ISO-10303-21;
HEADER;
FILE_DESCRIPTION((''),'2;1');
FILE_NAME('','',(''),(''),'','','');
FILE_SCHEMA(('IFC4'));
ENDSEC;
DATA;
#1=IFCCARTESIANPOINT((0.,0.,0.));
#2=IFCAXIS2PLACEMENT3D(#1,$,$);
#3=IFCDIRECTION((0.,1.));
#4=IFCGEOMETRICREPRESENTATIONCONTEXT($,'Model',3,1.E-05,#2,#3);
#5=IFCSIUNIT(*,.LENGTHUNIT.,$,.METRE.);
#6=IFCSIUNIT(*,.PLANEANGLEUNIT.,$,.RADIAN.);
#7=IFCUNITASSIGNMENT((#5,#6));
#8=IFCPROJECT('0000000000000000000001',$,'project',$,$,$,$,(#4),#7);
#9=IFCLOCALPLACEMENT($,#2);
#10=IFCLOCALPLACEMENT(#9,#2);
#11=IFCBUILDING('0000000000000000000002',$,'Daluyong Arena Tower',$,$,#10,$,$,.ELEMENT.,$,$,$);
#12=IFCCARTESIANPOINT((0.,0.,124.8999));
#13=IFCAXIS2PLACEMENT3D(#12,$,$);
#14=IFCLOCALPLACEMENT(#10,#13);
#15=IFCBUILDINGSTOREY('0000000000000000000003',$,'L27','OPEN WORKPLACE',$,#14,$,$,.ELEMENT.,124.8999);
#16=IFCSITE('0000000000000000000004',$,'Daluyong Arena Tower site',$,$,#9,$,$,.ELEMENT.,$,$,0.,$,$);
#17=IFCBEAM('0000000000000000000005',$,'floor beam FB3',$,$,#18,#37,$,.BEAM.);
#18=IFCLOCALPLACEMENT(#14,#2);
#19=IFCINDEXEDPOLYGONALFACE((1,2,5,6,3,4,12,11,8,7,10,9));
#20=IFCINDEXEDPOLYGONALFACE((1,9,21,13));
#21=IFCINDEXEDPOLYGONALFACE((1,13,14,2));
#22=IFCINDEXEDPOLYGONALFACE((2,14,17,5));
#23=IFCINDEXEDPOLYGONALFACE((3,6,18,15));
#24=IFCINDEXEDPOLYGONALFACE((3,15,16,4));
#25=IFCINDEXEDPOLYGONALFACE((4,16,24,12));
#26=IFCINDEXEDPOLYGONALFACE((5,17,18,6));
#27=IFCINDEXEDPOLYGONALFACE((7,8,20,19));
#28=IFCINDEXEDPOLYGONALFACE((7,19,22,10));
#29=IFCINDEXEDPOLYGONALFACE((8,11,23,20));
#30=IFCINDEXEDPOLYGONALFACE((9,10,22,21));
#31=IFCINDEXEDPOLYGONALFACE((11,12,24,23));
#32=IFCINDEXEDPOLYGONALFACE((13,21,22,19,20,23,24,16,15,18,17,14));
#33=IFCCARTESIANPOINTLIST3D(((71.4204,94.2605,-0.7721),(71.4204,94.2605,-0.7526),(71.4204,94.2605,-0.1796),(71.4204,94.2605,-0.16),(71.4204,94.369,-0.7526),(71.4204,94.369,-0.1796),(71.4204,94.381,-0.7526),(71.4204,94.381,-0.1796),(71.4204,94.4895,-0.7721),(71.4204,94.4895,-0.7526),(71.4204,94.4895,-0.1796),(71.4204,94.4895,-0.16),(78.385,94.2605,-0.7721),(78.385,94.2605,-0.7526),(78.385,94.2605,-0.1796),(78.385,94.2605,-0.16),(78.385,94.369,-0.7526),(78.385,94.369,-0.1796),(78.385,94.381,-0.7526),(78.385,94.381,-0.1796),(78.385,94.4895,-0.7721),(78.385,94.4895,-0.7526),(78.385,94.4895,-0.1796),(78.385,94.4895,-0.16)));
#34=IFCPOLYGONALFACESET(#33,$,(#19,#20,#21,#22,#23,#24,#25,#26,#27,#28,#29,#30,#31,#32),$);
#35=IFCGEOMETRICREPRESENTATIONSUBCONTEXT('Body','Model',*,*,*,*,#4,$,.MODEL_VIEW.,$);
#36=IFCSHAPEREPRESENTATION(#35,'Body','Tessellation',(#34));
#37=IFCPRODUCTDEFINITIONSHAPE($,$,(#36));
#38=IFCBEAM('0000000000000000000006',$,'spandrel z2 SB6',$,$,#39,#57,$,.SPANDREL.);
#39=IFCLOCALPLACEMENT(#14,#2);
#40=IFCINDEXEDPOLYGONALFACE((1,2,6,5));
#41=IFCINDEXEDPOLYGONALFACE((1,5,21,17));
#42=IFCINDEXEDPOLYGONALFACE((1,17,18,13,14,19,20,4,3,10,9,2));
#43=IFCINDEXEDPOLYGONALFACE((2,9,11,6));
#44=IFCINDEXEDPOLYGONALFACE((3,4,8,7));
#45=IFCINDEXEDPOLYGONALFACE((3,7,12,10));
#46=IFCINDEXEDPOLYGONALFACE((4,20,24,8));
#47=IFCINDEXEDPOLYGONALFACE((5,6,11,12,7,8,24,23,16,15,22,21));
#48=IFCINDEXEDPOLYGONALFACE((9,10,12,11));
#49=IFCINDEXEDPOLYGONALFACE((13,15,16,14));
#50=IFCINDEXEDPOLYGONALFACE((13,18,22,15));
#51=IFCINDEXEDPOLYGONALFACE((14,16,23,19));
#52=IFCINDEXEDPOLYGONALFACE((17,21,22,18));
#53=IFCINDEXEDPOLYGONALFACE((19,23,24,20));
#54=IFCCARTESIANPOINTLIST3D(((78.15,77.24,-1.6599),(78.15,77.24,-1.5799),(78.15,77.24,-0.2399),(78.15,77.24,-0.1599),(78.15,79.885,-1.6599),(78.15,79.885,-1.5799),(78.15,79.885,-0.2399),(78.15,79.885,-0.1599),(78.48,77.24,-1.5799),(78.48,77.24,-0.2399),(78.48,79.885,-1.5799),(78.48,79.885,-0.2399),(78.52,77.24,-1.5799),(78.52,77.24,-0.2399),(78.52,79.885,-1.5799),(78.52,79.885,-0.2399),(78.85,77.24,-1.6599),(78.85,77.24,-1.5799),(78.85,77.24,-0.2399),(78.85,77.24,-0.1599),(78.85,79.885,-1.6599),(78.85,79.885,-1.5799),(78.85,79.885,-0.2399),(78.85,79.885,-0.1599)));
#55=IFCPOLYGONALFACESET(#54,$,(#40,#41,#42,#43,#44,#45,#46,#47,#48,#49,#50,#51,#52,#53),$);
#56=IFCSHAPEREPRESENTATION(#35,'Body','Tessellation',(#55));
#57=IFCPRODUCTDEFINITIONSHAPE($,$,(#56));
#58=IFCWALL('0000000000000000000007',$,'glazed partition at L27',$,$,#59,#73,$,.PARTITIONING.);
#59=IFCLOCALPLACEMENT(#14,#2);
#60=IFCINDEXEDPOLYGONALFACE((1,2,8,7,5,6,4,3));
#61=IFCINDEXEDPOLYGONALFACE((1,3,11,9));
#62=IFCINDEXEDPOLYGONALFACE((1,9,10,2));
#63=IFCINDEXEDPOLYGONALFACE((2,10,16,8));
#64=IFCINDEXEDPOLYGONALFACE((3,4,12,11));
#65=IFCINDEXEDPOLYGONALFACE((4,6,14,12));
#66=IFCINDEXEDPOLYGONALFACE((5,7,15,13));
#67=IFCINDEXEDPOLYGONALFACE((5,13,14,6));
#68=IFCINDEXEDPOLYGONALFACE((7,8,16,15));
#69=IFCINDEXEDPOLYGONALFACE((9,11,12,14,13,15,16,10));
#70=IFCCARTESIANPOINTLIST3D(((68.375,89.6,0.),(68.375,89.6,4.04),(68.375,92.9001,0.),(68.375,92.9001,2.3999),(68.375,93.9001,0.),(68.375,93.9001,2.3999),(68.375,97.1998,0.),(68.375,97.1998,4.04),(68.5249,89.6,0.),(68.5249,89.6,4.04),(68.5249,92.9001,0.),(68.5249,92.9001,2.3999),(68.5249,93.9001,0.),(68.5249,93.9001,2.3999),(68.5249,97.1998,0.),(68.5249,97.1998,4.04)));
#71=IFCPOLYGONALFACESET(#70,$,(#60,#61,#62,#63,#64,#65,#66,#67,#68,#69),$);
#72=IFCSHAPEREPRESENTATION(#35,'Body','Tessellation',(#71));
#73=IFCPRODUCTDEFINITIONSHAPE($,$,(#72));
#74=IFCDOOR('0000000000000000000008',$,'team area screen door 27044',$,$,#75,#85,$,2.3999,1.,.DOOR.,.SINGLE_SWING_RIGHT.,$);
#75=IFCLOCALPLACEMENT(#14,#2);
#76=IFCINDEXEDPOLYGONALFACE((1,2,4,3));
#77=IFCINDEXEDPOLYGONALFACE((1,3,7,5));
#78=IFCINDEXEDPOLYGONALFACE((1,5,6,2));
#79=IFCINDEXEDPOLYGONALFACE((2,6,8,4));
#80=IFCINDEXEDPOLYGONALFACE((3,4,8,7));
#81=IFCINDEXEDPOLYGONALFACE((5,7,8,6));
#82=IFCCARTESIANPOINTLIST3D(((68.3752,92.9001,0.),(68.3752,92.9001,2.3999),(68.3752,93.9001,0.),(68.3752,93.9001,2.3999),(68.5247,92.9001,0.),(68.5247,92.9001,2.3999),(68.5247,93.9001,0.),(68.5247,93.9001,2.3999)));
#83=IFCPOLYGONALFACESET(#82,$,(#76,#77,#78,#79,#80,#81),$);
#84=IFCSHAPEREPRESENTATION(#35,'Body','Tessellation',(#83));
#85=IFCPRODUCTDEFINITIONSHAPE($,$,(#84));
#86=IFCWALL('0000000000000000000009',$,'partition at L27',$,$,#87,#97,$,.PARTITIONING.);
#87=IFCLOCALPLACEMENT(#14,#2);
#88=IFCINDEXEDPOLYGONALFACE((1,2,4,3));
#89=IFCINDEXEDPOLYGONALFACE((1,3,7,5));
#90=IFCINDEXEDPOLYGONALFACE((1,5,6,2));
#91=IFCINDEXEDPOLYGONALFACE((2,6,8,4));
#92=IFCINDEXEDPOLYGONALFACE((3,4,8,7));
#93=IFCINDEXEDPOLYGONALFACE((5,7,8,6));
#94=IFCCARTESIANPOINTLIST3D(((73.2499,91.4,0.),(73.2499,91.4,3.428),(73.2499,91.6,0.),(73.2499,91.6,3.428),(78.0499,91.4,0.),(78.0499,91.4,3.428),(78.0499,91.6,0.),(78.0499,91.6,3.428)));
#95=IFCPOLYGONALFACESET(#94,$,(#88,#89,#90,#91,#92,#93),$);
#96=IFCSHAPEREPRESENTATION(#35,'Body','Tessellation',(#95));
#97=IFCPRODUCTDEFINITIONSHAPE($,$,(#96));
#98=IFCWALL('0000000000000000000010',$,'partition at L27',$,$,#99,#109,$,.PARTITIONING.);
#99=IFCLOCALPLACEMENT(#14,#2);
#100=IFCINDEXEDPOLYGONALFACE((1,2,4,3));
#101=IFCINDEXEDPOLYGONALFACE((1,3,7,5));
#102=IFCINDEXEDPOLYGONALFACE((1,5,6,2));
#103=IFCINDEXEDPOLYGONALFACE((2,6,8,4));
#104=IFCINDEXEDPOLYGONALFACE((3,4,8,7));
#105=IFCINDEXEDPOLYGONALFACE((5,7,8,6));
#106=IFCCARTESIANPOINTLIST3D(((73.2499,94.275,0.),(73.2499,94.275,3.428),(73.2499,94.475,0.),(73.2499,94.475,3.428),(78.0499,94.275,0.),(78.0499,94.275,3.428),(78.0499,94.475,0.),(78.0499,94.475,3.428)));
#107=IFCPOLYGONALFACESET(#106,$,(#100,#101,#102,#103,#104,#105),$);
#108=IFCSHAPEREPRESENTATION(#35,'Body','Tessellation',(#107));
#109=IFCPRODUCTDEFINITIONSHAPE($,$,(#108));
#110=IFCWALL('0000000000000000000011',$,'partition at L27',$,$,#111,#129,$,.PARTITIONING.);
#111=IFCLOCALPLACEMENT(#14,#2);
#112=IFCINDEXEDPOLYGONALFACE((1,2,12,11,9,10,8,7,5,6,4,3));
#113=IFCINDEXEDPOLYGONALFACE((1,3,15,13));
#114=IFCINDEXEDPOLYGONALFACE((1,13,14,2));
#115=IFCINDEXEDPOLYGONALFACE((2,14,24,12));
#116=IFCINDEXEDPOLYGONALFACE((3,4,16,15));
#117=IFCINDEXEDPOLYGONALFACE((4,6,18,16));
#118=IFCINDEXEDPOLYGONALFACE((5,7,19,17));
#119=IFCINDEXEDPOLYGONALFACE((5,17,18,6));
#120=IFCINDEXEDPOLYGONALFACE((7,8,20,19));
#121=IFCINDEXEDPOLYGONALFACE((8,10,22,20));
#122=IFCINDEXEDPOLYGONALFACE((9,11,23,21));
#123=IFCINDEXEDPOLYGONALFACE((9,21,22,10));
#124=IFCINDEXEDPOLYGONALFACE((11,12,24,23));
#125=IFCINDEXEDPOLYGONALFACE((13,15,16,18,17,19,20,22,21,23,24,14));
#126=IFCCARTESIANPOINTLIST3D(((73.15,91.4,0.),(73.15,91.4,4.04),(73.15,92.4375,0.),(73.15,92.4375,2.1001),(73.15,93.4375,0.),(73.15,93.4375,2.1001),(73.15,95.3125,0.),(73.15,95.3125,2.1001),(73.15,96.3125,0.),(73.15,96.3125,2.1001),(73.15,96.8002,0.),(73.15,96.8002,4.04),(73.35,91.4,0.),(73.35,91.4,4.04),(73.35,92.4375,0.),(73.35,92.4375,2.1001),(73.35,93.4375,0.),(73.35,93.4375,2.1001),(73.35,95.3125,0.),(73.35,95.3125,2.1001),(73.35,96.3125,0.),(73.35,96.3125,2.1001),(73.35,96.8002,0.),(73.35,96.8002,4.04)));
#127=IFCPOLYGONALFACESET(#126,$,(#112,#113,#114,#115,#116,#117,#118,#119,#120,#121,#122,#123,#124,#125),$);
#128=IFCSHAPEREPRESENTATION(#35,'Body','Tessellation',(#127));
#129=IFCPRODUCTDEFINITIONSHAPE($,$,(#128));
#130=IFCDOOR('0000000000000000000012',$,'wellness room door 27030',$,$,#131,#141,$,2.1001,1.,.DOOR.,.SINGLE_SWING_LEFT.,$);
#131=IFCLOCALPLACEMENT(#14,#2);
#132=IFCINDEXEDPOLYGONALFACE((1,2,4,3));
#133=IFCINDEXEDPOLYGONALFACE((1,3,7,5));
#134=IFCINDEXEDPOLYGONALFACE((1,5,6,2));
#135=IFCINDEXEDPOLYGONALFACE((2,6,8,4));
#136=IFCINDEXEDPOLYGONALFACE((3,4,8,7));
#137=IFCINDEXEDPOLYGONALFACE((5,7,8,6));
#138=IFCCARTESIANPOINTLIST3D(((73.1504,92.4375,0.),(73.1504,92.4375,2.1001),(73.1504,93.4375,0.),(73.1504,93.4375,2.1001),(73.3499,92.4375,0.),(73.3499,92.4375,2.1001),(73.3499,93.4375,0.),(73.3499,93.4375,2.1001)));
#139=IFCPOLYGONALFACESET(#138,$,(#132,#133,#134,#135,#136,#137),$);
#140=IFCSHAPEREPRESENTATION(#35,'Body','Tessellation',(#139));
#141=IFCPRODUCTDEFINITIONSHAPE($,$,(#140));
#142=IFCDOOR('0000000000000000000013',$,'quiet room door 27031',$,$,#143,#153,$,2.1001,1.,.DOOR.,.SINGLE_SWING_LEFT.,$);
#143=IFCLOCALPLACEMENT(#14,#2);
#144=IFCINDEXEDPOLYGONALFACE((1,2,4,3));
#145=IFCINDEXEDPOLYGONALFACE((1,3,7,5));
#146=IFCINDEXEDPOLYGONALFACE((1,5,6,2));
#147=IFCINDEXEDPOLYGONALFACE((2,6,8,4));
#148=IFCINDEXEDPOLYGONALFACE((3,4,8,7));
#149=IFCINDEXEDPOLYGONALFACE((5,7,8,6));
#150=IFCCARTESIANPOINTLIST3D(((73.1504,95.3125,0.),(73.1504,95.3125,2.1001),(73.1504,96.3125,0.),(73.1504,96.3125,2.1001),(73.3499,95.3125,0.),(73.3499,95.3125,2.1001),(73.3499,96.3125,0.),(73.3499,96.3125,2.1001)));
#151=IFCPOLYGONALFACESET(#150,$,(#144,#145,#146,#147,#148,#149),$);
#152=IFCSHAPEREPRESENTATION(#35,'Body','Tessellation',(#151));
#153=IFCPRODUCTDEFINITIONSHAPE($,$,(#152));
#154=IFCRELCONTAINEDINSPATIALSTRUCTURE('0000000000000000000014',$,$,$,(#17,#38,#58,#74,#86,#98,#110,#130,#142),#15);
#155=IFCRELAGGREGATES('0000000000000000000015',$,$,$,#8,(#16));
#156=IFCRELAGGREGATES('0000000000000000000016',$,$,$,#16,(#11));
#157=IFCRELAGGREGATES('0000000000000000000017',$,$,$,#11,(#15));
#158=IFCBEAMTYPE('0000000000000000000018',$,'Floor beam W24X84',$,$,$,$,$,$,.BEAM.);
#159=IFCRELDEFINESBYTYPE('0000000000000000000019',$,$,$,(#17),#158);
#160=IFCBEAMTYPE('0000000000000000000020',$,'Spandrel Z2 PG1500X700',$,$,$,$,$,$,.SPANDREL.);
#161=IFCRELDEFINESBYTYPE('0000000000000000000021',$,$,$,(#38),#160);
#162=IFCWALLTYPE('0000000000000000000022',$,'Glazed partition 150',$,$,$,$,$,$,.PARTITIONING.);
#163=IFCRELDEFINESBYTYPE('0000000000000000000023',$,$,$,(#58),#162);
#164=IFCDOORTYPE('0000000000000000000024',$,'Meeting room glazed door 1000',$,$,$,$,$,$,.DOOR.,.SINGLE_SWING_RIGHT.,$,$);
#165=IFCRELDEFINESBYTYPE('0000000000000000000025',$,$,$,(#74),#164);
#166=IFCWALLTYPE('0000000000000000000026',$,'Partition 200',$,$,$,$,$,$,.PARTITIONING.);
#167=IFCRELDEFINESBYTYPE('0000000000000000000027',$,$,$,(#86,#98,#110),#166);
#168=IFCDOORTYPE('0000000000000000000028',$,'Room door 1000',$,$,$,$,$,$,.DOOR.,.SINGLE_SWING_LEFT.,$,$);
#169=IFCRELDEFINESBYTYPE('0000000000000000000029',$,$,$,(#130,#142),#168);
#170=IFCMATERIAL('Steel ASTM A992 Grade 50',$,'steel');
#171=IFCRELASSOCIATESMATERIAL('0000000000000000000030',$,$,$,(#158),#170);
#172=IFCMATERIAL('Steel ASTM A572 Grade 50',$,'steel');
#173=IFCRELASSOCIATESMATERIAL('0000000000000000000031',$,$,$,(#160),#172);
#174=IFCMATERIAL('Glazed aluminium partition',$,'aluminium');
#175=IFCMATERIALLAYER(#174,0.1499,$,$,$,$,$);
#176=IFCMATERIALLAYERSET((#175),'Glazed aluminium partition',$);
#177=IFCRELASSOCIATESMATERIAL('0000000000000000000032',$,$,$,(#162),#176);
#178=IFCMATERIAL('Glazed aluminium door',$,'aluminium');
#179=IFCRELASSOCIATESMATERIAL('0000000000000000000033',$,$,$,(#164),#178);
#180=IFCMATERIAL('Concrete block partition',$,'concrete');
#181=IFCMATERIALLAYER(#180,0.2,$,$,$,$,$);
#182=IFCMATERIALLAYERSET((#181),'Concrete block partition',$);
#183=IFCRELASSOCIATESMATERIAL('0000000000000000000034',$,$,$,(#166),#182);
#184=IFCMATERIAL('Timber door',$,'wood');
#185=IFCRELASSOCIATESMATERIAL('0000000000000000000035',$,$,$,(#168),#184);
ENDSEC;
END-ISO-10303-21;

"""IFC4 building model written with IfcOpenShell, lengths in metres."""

from ifc_helpers import new_model, si_unit, direction, frame, frame_2d, origin, origin_2d, place, context, subcontext, project, spatial, rectangle, i_section, extrude, material, layer, layer_set, material_profile, profile_set, type_object, element, fill, save


model = new_model("IFC4")

# Units and contexts
model_context = context("Model", 3, precision=1e-05, world=origin(), true_north=direction((0.0, 1.0)))
body_context = subcontext(model_context, "Body", "Model", "MODEL_VIEW")
ifc_project = project(units=[si_unit("LENGTHUNIT", "METRE"), si_unit("PLANEANGLEUNIT", "RADIAN")], contexts=[model_context])

# Site, building, storey
site_placement = place(None, origin())
site = spatial("IfcSite", under=ifc_project, at=site_placement, Name="Daluyong Arena Tower site", CompositionType="ELEMENT", RefElevation=0.0)
building_placement = place(site_placement, origin())
building = spatial("IfcBuilding", under=site, at=building_placement, Name="Daluyong Arena Tower", CompositionType="ELEMENT")
storey_placement = place(building_placement, frame((0.0, 0.0, 124.8999)))
storey = spatial("IfcBuildingStorey", under=building, at=storey_placement, Name="L27", Description="OPEN WORKPLACE", CompositionType="ELEMENT", Elevation=124.8999)

# Beams
ifc_material_1 = material(Name="Steel ASTM A992 Grade 50", Category="steel")
ifc_material_profile_1 = material_profile(ifc_material_1, i_section(OverallWidth=0.229, OverallDepth=0.6121, WebThickness=0.012, FlangeThickness=0.0195, at=origin_2d()))
ifc_profile_set_1 = profile_set([ifc_material_profile_1], Name="Steel ASTM A992 Grade 50")
beam_type_1 = type_object("IfcBeamType", Name="Floor beam W24X84", PredefinedType="BEAM", material=ifc_profile_set_1)
beam_1_placement = place(storey_placement, frame((78.385, 94.375, -0.4661), z_axis=(-1.0, 0.0, 0.0), x_axis=(0.0, -1.0, 0.0)))
element("IfcBeam", 1, at=beam_1_placement, inside=storey, type_object=beam_type_1, Name="floor beam FB3", PredefinedType="BEAM", context=body_context, shape_type="SweptSolid", body=[
    extrude(i_section(OverallWidth=0.229, OverallDepth=0.6121, WebThickness=0.012, FlangeThickness=0.0195, at=origin_2d()), origin(), (0.0, 0.0, 1.0), 6.9646),
])
ifc_material_2 = material(Name="Steel ASTM A572 Grade 50", Category="steel")
ifc_material_profile_2 = material_profile(ifc_material_2, i_section(OverallWidth=0.7, OverallDepth=1.5, WebThickness=0.04, FlangeThickness=0.08, at=origin_2d()))
ifc_profile_set_2 = profile_set([ifc_material_profile_2], Name="Steel ASTM A572 Grade 50")
beam_type_2 = type_object("IfcBeamType", Name="Spandrel Z2 PG1500X700", PredefinedType="SPANDREL", material=ifc_profile_set_2)
beam_2_placement = place(storey_placement, frame((78.5, 77.24, -0.9099), z_axis=(0.0, 1.0, 0.0), x_axis=(-1.0, 0.0, 0.0)))
element("IfcBeam", 2, at=beam_2_placement, inside=storey, type_object=beam_type_2, Name="spandrel z2 SB6", PredefinedType="SPANDREL", context=body_context, shape_type="SweptSolid", body=[
    extrude(i_section(OverallWidth=0.7, OverallDepth=1.5, WebThickness=0.04, FlangeThickness=0.08, at=origin_2d()), origin(), (0.0, 0.0, 1.0), 2.645),
])

# Wall, opening, door
ifc_material_3 = material(Name="Glazed aluminium partition", Category="aluminium")
ifc_layer_1 = layer(ifc_material_3, 0.1499)
ifc_layer_set_1 = layer_set([ifc_layer_1], Name="Glazed aluminium partition")
wall_type_1 = type_object("IfcWallType", Name="Glazed partition 150", PredefinedType="PARTITIONING", material=ifc_layer_set_1)
wall_1_placement = place(storey_placement, frame((68.45, 89.6001, 0.0), z_axis=(0.0, 0.0, 1.0), x_axis=(0.0, 1.0, 0.0)))
wall_1 = element("IfcWall", 3, at=wall_1_placement, inside=storey, type_object=wall_type_1, Name="glazed partition at L27", PredefinedType="PARTITIONING", context=body_context, shape_type="SweptSolid", body=[
    extrude(rectangle(XDim=7.5999, YDim=0.1499, at=frame_2d((3.7998, 0.0))), origin(), (0.0, 0.0, 1.0), 4.04),
])
opening_1_placement = place(wall_1_placement, frame((3.3, 0.0, 0.0)))
opening_1 = element("IfcOpeningElement", 4, at=opening_1_placement, cuts=wall_1, PredefinedType="OPENING", context=body_context, shape_type="SweptSolid", body=[
    extrude(rectangle(XDim=1.0, YDim=2.3999, at=frame_2d((0.5, 1.2))), frame((0.0, 0.085, 0.0), z_axis=(0.0, -1.0, 0.0), x_axis=(1.0, 0.0, 0.0)), (0.0, 0.0, 1.0), 0.1699),
])
ifc_material_4 = material(Name="Glazed aluminium door", Category="aluminium")
door_type_1 = type_object("IfcDoorType", Name="Meeting room glazed door 1000", OperationType="SINGLE_SWING_RIGHT", PredefinedType="DOOR", material=ifc_material_4)
door_1_placement = place(opening_1_placement, origin())
door_1 = element("IfcDoor", 5, at=door_1_placement, inside=storey, type_object=door_type_1, Name="team area screen door 27044", OperationType="SINGLE_SWING_RIGHT", OverallHeight=2.3999, OverallWidth=1.0, PredefinedType="DOOR", context=body_context, shape_type="SweptSolid", body=[
    extrude(rectangle(XDim=1.0, YDim=2.3999, at=frame_2d((0.5, 1.2))), frame((0.0, 0.0747, 0.0), z_axis=(0.0, -1.0, 0.0), x_axis=(1.0, 0.0, 0.0)), (0.0, 0.0, 1.0), 0.1494),
])
fill(opening_1, door_1)

# Walls
ifc_material_5 = material(Name="Concrete block partition", Category="concrete")
ifc_layer_2 = layer(ifc_material_5, 0.2)
ifc_layer_set_2 = layer_set([ifc_layer_2], Name="Concrete block partition")
wall_type_2 = type_object("IfcWallType", Name="Partition 200", PredefinedType="PARTITIONING", material=ifc_layer_set_2)
for number, where, z_axis, x_axis, name in (
    (6, (73.25, 91.5, 0.0), (0.0, 0.0, 1.0), (1.0, 0.0, 0.0), "partition at L27"),
    (7, (73.25, 94.375, 0.0), (0.0, 0.0, 1.0), (1.0, 0.0, 0.0), "partition at L27"),
):
    element("IfcWall", number, at=place(storey_placement, frame(where, z_axis=z_axis, x_axis=x_axis)), inside=storey, type_object=wall_type_2, Name=name, PredefinedType="PARTITIONING", context=body_context, shape_type="SweptSolid", body=[
        extrude(rectangle(XDim=4.8, YDim=0.2, at=frame_2d((2.3999, 0.0))), origin(), (0.0, 0.0, 1.0), 3.428),
    ])

# Wall, openings, doors
wall_2_placement = place(storey_placement, frame((73.25, 91.3999, 0.0), z_axis=(0.0, 0.0, 1.0), x_axis=(0.0, 1.0, 0.0)))
wall_2 = element("IfcWall", 8, at=wall_2_placement, inside=storey, type_object=wall_type_2, Name="partition at L27", PredefinedType="PARTITIONING", context=body_context, shape_type="SweptSolid", body=[
    extrude(rectangle(XDim=5.4001, YDim=0.2, at=frame_2d((2.7002, 0.0))), origin(), (0.0, 0.0, 1.0), 4.04),
])
opening_2_placement = place(wall_2_placement, frame((1.0376, 0.0, 0.0)))
opening_2 = element("IfcOpeningElement", 9, at=opening_2_placement, cuts=wall_2, PredefinedType="OPENING", context=body_context, shape_type="SweptSolid", body=[
    extrude(rectangle(XDim=1.0, YDim=2.1001, at=frame_2d((0.5, 1.05))), frame((0.0, 0.1099, 0.0), z_axis=(0.0, -1.0, 0.0), x_axis=(1.0, 0.0, 0.0)), (0.0, 0.0, 1.0), 0.22),
])
opening_3_placement = place(wall_2_placement, frame((3.9126, 0.0, 0.0)))
opening_3 = element("IfcOpeningElement", 10, at=opening_3_placement, cuts=wall_2, PredefinedType="OPENING", context=body_context, shape_type="SweptSolid", body=[
    extrude(rectangle(XDim=1.0, YDim=2.1001, at=frame_2d((0.5, 1.05))), frame((0.0, 0.1099, 0.0), z_axis=(0.0, -1.0, 0.0), x_axis=(1.0, 0.0, 0.0)), (0.0, 0.0, 1.0), 0.22),
])
ifc_material_6 = material(Name="Timber door", Category="wood")
door_type_2 = type_object("IfcDoorType", Name="Room door 1000", OperationType="SINGLE_SWING_LEFT", PredefinedType="DOOR", material=ifc_material_6)
door_2_placement = place(opening_2_placement, origin())
door_2 = element("IfcDoor", 11, at=door_2_placement, inside=storey, type_object=door_type_2, Name="wellness room door 27030", OperationType="SINGLE_SWING_LEFT", OverallHeight=2.1001, OverallWidth=1.0, PredefinedType="DOOR", context=body_context, shape_type="SweptSolid", body=[
    extrude(rectangle(XDim=1.0, YDim=2.1001, at=frame_2d((0.5, 1.05))), frame((0.0, 0.0996, 0.0), z_axis=(0.0, -1.0, 0.0), x_axis=(1.0, 0.0, 0.0)), (0.0, 0.0, 1.0), 0.1995),
])
fill(opening_2, door_2)
door_3_placement = place(opening_3_placement, origin())
door_3 = element("IfcDoor", 12, at=door_3_placement, inside=storey, type_object=door_type_2, Name="quiet room door 27031", OperationType="SINGLE_SWING_LEFT", OverallHeight=2.1001, OverallWidth=1.0, PredefinedType="DOOR", context=body_context, shape_type="SweptSolid", body=[
    extrude(rectangle(XDim=1.0, YDim=2.1001, at=frame_2d((0.5, 1.05))), frame((0.0, 0.0996, 0.0), z_axis=(0.0, -1.0, 0.0), x_axis=(1.0, 0.0, 0.0)), (0.0, 0.0, 1.0), 0.1995),
])
fill(opening_3, door_3)

save(model, "model.ifc")
